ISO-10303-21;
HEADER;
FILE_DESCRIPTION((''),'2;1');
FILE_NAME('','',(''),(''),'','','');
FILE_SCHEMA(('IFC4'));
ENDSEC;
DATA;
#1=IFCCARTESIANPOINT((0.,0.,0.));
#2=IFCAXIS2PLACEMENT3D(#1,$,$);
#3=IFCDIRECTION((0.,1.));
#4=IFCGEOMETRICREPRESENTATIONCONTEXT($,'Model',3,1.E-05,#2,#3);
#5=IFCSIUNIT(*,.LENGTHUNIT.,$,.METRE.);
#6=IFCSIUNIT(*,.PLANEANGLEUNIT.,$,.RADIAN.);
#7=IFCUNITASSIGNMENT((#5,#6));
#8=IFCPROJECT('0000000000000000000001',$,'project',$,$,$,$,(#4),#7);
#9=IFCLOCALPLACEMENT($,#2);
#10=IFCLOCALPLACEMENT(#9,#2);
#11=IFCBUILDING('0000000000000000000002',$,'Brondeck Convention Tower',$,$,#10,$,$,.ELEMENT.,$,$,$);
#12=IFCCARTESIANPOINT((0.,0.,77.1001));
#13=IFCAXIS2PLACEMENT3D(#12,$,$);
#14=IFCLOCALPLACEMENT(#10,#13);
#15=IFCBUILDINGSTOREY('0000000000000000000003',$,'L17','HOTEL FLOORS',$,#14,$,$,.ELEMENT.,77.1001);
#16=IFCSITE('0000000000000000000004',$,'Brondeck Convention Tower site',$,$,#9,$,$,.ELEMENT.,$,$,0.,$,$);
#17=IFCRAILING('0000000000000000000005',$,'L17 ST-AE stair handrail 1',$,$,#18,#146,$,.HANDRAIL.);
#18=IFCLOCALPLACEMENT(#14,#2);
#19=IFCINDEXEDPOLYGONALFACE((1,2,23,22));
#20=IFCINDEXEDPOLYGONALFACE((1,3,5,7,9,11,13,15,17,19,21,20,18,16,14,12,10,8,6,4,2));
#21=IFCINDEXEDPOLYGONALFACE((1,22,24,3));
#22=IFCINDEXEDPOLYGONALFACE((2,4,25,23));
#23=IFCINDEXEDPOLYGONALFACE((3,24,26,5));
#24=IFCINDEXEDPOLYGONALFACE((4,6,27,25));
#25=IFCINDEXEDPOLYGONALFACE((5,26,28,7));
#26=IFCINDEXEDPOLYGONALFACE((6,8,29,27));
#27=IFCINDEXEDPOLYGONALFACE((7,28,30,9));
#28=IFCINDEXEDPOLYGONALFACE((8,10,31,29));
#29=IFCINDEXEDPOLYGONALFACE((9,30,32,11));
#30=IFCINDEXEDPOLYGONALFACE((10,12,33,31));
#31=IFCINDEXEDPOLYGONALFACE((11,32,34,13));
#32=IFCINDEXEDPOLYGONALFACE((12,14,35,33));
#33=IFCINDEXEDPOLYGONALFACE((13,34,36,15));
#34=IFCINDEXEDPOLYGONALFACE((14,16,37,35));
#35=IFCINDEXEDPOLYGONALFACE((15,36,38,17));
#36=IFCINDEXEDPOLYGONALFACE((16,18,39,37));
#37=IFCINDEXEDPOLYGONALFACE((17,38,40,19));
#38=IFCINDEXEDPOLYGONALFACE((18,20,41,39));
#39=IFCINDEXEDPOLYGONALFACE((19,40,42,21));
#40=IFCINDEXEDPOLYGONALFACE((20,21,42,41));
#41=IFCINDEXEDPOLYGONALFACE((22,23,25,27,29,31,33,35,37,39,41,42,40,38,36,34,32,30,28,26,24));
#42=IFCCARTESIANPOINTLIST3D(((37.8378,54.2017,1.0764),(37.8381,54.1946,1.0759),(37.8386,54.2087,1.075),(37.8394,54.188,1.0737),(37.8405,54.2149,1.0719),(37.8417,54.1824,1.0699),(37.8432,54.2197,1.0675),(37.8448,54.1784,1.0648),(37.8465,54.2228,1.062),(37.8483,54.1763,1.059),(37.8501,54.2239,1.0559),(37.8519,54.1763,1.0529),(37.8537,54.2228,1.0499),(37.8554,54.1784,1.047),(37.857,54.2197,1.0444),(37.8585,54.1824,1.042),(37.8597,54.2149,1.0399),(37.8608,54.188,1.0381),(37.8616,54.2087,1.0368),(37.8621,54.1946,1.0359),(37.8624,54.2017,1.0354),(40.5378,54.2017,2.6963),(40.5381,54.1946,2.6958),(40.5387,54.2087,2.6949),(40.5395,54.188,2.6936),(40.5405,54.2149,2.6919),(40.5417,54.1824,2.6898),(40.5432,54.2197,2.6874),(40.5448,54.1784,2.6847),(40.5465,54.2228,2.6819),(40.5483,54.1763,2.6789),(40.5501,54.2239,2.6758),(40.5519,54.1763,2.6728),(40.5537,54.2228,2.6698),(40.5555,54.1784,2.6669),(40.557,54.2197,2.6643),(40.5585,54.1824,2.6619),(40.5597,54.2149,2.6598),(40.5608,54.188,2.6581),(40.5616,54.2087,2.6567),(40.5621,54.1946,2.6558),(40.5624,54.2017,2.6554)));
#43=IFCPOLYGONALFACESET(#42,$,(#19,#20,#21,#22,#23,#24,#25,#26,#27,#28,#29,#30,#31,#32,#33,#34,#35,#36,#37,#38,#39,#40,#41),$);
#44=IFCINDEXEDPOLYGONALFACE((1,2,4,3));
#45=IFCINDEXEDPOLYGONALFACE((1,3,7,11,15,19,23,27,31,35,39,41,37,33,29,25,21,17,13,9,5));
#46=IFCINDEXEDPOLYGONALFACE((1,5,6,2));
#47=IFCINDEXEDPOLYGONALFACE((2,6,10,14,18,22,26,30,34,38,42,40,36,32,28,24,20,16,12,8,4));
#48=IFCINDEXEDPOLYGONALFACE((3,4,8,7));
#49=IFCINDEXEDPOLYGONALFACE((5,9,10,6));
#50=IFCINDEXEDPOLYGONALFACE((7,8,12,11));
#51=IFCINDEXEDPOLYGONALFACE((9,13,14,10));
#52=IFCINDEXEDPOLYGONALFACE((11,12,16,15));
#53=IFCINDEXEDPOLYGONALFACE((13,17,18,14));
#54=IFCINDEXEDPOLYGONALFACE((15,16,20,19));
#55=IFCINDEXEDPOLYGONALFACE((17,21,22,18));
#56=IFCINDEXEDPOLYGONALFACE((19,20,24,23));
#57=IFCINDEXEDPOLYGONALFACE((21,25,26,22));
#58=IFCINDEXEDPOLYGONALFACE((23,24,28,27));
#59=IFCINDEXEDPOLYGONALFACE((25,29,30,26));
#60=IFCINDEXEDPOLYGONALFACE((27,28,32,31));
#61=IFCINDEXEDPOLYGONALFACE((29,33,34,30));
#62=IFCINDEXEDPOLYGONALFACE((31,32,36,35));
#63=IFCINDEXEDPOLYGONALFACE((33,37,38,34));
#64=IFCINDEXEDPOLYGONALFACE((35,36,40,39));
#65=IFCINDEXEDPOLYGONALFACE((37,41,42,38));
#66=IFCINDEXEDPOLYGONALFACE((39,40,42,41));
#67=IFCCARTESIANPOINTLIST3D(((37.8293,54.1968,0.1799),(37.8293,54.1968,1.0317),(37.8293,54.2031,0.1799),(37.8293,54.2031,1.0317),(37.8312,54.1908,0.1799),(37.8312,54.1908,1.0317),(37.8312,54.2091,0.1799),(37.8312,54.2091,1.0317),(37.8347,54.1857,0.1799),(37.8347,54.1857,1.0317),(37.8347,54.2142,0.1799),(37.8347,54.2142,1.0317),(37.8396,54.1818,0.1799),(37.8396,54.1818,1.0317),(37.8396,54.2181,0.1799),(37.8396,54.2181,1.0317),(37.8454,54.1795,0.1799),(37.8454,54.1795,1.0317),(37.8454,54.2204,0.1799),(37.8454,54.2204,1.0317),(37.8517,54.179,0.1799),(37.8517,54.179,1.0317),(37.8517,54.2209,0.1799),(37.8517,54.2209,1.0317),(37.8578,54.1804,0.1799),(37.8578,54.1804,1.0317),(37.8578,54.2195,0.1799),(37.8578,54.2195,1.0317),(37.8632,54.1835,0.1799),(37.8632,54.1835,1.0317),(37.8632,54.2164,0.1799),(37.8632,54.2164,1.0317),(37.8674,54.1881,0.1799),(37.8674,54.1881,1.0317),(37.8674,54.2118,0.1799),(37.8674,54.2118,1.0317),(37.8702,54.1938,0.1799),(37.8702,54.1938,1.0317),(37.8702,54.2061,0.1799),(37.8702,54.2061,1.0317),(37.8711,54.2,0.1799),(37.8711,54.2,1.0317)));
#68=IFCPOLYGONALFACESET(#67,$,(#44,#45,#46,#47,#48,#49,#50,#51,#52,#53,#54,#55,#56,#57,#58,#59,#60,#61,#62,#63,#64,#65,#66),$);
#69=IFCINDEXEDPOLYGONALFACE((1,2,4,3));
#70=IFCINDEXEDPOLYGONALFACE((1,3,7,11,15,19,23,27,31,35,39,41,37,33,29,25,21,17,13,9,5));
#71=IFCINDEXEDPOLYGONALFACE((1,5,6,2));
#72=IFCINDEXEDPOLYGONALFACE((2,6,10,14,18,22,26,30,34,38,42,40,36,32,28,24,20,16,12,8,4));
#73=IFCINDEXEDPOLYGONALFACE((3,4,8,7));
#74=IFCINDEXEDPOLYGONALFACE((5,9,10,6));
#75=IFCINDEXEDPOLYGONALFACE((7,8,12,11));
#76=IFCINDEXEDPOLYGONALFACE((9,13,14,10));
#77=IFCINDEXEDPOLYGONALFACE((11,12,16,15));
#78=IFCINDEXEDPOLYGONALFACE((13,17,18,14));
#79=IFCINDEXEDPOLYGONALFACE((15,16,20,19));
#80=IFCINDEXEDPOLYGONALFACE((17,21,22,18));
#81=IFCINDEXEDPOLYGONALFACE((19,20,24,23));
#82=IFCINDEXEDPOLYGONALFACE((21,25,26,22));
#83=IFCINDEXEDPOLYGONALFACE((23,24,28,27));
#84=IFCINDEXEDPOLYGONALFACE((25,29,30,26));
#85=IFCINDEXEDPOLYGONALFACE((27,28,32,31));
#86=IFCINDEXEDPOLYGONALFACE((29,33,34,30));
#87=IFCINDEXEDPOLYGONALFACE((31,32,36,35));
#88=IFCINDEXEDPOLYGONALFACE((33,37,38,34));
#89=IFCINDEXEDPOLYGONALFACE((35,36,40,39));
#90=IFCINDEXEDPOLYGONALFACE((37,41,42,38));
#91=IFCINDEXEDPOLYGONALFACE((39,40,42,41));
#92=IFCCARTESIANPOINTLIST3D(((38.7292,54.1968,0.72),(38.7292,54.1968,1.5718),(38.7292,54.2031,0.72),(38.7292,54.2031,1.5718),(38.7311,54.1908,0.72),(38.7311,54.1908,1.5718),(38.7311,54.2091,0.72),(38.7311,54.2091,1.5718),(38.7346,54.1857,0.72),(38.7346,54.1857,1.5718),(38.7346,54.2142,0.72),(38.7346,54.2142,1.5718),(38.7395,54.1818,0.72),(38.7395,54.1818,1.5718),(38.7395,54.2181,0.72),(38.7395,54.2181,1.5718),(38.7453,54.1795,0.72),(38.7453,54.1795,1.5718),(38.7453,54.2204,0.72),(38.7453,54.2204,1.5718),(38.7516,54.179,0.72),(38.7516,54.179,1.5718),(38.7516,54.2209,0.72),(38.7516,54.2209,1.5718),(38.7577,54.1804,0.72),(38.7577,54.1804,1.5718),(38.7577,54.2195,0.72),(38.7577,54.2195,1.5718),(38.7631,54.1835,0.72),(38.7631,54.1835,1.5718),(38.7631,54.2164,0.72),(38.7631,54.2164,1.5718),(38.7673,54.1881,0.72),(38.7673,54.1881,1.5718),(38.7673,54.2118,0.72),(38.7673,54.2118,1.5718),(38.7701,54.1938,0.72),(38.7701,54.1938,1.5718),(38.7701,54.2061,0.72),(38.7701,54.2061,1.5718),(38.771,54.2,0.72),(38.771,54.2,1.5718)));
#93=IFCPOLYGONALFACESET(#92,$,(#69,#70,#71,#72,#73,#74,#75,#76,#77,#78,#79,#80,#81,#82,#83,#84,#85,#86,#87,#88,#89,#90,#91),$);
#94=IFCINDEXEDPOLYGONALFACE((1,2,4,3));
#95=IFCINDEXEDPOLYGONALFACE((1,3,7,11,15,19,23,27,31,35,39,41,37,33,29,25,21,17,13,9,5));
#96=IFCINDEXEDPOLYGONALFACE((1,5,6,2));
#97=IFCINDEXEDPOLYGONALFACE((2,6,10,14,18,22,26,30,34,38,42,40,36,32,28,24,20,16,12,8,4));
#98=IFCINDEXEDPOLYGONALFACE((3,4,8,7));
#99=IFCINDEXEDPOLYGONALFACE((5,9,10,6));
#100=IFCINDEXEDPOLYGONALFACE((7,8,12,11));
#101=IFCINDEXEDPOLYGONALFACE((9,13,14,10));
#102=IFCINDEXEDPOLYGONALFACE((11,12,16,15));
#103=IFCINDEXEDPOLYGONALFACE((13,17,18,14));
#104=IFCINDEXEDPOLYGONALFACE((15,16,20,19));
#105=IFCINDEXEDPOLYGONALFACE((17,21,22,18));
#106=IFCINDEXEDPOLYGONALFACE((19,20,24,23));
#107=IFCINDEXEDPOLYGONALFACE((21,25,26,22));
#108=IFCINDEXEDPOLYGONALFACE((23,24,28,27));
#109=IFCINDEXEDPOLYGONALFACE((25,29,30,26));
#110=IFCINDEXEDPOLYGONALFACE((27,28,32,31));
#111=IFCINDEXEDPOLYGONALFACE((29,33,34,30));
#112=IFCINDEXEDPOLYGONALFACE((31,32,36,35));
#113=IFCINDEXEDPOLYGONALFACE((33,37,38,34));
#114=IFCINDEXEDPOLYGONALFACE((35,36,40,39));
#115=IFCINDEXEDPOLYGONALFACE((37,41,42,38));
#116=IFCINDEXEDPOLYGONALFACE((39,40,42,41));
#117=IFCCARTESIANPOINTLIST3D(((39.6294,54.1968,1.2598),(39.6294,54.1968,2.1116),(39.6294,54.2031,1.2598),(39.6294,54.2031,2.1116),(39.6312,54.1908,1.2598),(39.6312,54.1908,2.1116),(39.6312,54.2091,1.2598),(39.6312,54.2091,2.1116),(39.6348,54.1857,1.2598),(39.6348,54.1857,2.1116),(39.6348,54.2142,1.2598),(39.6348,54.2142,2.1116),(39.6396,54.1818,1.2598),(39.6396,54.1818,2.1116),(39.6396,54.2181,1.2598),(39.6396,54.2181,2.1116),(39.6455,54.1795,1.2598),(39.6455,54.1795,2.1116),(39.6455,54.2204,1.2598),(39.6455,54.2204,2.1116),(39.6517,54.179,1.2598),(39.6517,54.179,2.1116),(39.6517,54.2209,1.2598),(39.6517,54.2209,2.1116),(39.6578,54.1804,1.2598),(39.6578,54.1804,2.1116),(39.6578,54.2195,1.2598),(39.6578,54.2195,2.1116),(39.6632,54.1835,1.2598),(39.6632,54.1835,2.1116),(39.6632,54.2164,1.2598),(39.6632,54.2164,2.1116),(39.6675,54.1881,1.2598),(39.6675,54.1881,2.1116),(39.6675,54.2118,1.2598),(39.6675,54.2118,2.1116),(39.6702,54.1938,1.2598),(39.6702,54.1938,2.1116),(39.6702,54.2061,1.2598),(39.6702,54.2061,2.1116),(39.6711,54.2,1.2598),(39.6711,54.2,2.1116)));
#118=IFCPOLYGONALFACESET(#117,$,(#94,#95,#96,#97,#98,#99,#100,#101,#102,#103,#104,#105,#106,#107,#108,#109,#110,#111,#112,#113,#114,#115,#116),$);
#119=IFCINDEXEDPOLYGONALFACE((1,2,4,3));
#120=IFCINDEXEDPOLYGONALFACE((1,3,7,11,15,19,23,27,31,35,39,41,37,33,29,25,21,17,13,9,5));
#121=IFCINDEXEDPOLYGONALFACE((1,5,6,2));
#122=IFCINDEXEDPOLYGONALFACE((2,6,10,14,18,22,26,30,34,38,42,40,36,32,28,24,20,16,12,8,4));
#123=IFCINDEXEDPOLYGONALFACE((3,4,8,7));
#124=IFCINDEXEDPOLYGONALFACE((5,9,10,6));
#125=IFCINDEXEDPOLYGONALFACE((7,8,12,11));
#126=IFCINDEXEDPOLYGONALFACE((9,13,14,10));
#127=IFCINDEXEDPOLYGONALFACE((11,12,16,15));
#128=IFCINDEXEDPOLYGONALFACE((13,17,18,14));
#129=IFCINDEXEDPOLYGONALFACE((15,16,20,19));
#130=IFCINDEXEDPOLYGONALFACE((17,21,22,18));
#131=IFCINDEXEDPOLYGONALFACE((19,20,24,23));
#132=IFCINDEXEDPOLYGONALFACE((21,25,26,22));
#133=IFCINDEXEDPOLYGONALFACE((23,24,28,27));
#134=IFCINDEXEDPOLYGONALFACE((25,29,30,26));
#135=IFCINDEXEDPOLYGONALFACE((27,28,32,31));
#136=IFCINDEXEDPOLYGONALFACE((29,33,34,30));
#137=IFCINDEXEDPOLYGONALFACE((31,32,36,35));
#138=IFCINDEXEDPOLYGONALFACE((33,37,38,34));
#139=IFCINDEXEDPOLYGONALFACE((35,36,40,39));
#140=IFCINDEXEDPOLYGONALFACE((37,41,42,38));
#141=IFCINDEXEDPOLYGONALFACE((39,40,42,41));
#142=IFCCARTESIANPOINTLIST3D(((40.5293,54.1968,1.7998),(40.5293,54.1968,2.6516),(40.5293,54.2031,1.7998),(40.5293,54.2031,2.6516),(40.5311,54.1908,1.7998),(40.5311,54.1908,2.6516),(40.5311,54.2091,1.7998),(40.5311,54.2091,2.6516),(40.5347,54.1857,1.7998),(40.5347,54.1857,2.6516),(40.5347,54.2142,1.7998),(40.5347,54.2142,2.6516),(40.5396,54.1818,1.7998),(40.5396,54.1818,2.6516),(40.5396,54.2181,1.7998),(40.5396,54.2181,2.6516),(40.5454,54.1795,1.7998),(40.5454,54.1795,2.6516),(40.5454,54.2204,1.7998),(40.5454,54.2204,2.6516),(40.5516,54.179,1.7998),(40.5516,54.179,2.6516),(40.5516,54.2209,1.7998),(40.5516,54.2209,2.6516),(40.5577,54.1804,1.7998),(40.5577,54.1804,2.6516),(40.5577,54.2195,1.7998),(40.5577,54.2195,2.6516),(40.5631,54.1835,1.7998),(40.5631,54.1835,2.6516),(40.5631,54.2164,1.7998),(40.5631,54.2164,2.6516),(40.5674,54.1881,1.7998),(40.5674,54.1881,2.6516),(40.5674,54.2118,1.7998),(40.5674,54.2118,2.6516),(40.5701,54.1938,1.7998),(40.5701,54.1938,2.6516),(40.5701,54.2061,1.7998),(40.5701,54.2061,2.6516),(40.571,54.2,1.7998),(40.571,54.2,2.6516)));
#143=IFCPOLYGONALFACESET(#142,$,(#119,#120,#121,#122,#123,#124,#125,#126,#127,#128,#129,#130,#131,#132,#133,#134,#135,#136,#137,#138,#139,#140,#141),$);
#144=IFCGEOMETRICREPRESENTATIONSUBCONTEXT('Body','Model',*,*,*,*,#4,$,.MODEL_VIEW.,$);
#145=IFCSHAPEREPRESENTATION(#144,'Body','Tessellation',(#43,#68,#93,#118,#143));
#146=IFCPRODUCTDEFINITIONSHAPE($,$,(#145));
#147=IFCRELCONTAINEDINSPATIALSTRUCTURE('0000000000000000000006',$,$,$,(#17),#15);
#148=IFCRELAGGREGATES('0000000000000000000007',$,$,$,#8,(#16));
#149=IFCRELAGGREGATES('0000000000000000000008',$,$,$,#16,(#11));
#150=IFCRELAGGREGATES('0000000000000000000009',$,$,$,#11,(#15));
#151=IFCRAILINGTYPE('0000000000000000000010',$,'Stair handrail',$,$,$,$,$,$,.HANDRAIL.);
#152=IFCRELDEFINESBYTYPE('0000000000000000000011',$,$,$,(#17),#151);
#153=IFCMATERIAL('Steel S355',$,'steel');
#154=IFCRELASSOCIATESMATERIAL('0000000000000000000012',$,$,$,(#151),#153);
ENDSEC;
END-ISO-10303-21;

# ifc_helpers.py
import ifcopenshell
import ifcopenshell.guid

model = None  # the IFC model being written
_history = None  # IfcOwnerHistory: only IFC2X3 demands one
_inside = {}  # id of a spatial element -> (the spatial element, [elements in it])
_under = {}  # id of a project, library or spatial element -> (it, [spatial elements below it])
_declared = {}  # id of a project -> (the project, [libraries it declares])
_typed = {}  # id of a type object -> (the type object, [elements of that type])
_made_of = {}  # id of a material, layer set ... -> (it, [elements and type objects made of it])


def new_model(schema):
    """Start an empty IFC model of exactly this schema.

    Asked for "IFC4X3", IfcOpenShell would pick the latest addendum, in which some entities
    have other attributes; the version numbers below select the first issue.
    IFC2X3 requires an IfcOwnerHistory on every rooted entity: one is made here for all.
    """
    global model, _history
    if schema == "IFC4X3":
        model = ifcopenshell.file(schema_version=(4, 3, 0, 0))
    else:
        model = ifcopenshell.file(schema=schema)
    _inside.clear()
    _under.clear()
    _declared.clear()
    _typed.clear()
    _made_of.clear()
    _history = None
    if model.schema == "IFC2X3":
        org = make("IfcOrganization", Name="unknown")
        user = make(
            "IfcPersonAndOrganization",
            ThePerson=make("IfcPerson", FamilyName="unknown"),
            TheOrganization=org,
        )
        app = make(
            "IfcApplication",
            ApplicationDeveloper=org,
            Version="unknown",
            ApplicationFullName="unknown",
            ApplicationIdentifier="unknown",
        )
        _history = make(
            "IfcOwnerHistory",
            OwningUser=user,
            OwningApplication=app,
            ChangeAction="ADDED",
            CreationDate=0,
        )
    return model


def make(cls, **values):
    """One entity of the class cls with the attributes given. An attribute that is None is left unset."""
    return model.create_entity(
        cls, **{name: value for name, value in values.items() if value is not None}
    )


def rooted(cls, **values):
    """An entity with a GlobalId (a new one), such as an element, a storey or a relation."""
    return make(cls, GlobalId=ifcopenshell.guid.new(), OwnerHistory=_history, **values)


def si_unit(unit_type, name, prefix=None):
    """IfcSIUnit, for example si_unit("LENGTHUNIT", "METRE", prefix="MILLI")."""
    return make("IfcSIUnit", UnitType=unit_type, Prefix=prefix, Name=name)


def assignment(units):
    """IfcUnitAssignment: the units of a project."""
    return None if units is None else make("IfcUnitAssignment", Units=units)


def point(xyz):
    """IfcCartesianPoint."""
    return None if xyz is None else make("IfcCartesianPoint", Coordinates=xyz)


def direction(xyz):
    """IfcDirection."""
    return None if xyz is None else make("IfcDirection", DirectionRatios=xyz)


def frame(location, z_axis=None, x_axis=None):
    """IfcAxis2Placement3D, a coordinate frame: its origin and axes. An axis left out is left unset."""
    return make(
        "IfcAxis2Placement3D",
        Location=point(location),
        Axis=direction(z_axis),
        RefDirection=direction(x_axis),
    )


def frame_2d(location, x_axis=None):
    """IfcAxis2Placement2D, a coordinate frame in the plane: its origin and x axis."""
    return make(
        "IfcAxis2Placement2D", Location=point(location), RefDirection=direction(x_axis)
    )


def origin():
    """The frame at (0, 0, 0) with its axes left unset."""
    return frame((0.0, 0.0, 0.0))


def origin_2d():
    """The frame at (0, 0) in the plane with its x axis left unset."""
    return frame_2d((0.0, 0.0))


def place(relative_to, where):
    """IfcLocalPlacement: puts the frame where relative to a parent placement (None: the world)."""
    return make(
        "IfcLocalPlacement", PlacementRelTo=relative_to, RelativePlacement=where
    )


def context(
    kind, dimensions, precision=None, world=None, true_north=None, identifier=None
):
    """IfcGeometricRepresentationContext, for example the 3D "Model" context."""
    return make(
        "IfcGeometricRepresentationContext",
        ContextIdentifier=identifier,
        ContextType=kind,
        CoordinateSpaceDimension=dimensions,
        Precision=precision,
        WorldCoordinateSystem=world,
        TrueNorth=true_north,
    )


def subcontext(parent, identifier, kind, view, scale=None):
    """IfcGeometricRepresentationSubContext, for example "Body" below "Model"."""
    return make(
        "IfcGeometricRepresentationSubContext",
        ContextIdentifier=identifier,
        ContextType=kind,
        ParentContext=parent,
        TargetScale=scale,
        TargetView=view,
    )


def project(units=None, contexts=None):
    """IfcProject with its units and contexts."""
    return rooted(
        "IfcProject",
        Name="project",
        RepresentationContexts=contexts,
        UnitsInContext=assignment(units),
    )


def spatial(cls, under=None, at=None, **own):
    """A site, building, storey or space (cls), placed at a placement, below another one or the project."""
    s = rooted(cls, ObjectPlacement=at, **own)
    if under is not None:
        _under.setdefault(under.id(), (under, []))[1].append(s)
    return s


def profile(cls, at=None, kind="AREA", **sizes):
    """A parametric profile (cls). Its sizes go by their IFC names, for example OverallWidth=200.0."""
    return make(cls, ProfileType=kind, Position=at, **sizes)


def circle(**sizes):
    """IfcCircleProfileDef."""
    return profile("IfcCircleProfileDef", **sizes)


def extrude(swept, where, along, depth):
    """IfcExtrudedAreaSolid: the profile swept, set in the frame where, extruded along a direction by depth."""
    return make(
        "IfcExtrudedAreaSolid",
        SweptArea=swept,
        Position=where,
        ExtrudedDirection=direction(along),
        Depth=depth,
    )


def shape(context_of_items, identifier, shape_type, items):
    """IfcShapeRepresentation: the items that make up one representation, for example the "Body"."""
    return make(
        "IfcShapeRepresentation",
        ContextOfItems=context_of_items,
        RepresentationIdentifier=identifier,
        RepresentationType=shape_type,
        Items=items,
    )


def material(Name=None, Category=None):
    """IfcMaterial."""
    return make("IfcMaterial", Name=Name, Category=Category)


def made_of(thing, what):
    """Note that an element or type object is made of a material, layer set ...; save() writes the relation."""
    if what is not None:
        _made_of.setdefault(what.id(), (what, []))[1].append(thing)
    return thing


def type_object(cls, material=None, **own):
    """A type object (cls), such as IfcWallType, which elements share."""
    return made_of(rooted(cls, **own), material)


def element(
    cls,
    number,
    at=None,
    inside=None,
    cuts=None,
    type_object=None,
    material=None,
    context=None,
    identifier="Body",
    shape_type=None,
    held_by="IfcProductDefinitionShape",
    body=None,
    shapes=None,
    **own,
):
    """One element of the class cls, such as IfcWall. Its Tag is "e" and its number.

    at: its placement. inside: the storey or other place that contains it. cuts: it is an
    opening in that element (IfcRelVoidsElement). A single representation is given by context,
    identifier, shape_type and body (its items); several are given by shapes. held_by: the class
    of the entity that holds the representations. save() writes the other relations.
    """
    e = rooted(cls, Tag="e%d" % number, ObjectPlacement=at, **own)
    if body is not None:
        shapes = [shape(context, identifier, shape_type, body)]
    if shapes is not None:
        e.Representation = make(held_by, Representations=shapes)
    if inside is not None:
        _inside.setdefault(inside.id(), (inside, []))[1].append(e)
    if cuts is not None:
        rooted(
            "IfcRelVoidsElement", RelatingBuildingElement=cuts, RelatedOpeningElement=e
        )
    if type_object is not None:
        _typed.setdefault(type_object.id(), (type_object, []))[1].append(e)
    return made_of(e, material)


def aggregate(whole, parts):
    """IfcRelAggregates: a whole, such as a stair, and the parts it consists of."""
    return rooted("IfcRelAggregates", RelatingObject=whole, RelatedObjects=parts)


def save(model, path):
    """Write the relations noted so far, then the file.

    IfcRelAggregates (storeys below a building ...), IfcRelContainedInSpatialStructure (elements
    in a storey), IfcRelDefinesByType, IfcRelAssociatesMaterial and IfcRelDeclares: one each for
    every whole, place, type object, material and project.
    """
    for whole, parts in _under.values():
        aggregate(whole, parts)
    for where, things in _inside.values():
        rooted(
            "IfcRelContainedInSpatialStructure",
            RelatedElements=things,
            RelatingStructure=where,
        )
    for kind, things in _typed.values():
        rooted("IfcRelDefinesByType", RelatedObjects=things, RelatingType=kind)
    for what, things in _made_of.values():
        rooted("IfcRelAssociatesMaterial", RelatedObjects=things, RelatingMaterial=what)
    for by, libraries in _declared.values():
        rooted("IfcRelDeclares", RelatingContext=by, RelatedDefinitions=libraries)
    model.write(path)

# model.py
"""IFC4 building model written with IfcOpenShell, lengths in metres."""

from ifc_helpers import new_model, si_unit, direction, frame, origin, origin_2d, place, context, subcontext, project, spatial, circle, extrude, material, type_object, element, save


model = new_model("IFC4")

# Units and contexts
model_context = context("Model", 3, precision=1e-05, world=origin(), true_north=direction((0.0, 1.0)))
body_context = subcontext(model_context, "Body", "Model", "MODEL_VIEW")
ifc_project = project(units=[si_unit("LENGTHUNIT", "METRE"), si_unit("PLANEANGLEUNIT", "RADIAN")], contexts=[model_context])

# Site, building, storey
site_placement = place(None, origin())
site = spatial("IfcSite", under=ifc_project, at=site_placement, Name="Brondeck Convention Tower site", CompositionType="ELEMENT", RefElevation=0.0)
building_placement = place(site_placement, origin())
building = spatial("IfcBuilding", under=site, at=building_placement, Name="Brondeck Convention Tower", CompositionType="ELEMENT")
storey_placement = place(building_placement, frame((0.0, 0.0, 77.1001)))
storey = spatial("IfcBuildingStorey", under=building, at=storey_placement, Name="L17", Description="HOTEL FLOORS", CompositionType="ELEMENT", Elevation=77.1001)

# Shared definitions
ifc_material_1 = material(Name="Steel S355", Category="steel")

# Railing
railing_type_1 = type_object("IfcRailingType", Name="Stair handrail", PredefinedType="HANDRAIL", material=ifc_material_1)
railing_1_placement = place(storey_placement, frame((37.8501, 54.2, 0.1799)))
element("IfcRailing", 1, at=railing_1_placement, inside=storey, type_object=railing_type_1, Name="L17 ST-AE stair handrail 1", PredefinedType="HANDRAIL", context=body_context, shape_type="SweptSolid", body=[
    extrude(circle(Radius=0.0239, at=origin_2d()), frame((0.0, 0.0, 0.876), z_axis=(0.857507, 0.0, 0.514473), x_axis=(0.0, 1.0, 0.0)), (0.0, 0.0, 1.0), 3.1487),
    extrude(circle(Radius=0.021, at=origin_2d()), origin(), (0.0, 0.0, 1.0), 0.8518),
    extrude(circle(Radius=0.021, at=origin_2d()), frame((0.8999, 0.0, 0.54)), (0.0, 0.0, 1.0), 0.8518),
    extrude(circle(Radius=0.021, at=origin_2d()), frame((1.8, 0.0, 1.0798)), (0.0, 0.0, 1.0), 0.8518),
    extrude(circle(Radius=0.021, at=origin_2d()), frame((2.7, 0.0, 1.6199)), (0.0, 0.0, 1.0), 0.8518),
])

save(model, "model.ifc")
